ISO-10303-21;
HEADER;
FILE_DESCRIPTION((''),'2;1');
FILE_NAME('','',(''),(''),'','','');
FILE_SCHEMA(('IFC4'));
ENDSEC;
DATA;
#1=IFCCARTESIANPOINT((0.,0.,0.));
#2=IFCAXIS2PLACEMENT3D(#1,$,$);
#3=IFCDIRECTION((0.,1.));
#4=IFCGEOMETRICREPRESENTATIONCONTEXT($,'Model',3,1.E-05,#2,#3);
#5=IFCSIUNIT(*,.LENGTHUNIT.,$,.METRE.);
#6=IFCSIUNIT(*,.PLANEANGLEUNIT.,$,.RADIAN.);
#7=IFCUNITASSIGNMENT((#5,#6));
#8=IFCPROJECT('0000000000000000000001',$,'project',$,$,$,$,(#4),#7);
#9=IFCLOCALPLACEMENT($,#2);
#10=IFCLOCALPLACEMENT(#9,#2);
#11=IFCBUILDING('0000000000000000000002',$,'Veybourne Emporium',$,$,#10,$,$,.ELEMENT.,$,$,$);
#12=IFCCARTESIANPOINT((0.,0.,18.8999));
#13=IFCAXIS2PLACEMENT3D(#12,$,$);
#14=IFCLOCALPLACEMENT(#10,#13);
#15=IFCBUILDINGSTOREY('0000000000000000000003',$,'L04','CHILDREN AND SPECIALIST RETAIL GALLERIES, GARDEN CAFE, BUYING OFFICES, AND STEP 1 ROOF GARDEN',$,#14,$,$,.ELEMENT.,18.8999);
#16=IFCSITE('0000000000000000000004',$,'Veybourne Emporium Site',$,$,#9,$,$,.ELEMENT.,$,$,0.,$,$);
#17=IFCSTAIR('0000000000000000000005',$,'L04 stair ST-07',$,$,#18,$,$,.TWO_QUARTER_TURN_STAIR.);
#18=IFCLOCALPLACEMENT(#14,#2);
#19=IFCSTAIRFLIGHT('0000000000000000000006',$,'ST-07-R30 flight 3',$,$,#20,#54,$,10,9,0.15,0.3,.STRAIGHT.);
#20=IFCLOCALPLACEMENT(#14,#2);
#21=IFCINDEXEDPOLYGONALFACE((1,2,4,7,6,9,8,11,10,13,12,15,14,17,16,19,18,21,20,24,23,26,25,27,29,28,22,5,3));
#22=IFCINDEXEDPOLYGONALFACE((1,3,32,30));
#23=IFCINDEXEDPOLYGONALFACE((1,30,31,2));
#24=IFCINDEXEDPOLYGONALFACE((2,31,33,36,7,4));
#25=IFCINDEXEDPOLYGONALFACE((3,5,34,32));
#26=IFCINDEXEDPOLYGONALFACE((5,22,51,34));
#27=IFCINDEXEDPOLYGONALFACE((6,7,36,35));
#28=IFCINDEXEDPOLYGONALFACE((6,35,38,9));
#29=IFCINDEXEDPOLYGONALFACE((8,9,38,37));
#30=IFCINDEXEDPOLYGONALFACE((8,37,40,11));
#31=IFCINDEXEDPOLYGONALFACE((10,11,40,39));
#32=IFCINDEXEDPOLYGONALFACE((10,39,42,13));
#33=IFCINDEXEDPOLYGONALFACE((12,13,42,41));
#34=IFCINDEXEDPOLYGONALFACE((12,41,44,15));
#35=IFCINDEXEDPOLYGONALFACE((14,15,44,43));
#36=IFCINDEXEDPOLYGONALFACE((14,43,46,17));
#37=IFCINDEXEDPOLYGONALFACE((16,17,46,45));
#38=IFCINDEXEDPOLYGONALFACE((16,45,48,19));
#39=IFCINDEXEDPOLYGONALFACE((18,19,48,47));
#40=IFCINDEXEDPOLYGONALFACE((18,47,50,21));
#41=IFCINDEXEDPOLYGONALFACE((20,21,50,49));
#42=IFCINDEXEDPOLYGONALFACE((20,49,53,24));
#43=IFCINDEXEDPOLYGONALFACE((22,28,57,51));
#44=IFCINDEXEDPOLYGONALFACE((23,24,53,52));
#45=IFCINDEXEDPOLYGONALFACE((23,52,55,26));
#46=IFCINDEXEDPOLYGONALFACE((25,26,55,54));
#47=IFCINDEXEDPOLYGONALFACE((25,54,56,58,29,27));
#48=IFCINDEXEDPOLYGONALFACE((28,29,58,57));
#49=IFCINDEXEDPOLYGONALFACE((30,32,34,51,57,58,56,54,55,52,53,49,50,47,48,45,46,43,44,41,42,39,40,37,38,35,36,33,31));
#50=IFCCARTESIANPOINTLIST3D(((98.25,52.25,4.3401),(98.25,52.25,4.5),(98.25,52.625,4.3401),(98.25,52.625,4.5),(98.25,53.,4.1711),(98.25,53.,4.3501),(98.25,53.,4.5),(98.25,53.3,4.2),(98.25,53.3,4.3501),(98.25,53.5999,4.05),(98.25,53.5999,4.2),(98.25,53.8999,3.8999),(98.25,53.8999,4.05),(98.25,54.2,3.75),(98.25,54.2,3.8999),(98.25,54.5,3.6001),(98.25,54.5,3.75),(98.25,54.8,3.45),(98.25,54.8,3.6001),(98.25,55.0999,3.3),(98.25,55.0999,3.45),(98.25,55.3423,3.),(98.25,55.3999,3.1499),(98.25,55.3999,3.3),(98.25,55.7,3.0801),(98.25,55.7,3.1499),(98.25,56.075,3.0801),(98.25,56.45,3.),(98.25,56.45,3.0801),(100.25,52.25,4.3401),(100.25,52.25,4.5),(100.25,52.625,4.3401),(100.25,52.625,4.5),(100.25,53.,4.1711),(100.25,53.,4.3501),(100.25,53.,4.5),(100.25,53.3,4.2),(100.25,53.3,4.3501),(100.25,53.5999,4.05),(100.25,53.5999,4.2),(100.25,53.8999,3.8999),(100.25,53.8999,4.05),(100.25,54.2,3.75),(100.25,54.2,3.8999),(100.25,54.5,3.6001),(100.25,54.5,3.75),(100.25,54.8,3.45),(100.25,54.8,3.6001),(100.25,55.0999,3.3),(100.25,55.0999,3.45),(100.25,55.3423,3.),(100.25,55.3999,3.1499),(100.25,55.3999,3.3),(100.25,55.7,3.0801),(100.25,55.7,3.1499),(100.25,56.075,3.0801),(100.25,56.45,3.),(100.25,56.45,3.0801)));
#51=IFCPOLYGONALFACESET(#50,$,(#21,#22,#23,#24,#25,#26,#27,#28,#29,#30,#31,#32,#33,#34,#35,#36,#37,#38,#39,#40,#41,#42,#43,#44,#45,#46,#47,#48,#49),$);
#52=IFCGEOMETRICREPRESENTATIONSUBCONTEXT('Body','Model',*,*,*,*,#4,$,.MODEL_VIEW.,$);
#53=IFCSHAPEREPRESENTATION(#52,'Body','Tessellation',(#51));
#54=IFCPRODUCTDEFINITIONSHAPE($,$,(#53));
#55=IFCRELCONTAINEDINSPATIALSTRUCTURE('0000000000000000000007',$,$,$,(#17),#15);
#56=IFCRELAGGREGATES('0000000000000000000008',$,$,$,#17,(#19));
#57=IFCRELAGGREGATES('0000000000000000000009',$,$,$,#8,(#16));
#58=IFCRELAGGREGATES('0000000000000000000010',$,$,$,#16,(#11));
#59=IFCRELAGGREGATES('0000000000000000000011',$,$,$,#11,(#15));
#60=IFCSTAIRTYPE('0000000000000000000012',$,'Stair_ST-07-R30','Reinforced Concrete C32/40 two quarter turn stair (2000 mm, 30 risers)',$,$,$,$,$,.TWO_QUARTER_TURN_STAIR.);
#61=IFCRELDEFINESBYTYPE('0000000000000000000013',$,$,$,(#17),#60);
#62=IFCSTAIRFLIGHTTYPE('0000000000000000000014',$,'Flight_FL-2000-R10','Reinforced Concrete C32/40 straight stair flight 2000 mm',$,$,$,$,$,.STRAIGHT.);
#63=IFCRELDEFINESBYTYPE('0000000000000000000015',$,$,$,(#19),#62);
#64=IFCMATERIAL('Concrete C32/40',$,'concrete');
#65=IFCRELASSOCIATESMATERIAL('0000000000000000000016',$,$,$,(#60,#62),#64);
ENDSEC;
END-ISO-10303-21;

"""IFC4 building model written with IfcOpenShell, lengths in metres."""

from ifc_helpers import new_model, si_unit, direction, frame, origin, place, context, subcontext, project, spatial, polyline, outline, extrude, material, type_object, element, aggregate, save


model = new_model("IFC4")

# Units and contexts
model_context = context("Model", 3, precision=1e-05, world=origin(), true_north=direction((0.0, 1.0)))
body_context = subcontext(model_context, "Body", "Model", "MODEL_VIEW")
ifc_project = project(units=[si_unit("LENGTHUNIT", "METRE"), si_unit("PLANEANGLEUNIT", "RADIAN")], contexts=[model_context])

# Site, building, storey
site_placement = place(None, origin())
site = spatial("IfcSite", under=ifc_project, at=site_placement, Name="Veybourne Emporium Site", CompositionType="ELEMENT", RefElevation=0.0)
building_placement = place(site_placement, origin())
building = spatial("IfcBuilding", under=site, at=building_placement, Name="Veybourne Emporium", CompositionType="ELEMENT")
storey_placement = place(building_placement, frame((0.0, 0.0, 18.8999)))
storey = spatial("IfcBuildingStorey", under=building, at=storey_placement, Name="L04", Description="CHILDREN AND SPECIALIST RETAIL GALLERIES, GARDEN CAFE, BUYING OFFICES, AND STEP 1 ROOF GARDEN", CompositionType="ELEMENT", Elevation=18.8999)

# Shared definitions
ifc_material_1 = material(Name="Concrete C32/40", Category="concrete")

# Stair, stair flight
stair_type = type_object("IfcStairType", Name="Stair_ST-07-R30", Description="Reinforced Concrete C32/40 two quarter turn stair (2000 mm, 30 risers)", PredefinedType="TWO_QUARTER_TURN_STAIR", material=ifc_material_1)
stair_placement = place(storey_placement, origin())
stair = element("IfcStair", 1, at=stair_placement, inside=storey, type_object=stair_type, Name="L04 stair ST-07", PredefinedType="TWO_QUARTER_TURN_STAIR")
stair_flight_type = type_object("IfcStairFlightType", Name="Flight_FL-2000-R10", Description="Reinforced Concrete C32/40 straight stair flight 2000 mm", PredefinedType="STRAIGHT", material=ifc_material_1)
stair_flight_1_placement = place(storey_placement, frame((99.25, 55.7, 3.0), z_axis=(0.0, 0.0, 1.0), x_axis=(0.0, -1.0, 0.0)))
stair_flight_1 = element("IfcStairFlight", 2, at=stair_flight_1_placement, type_object=stair_flight_type, Name="ST-07-R30 flight 3", NumberOfRisers=10, NumberOfTreads=9, PredefinedType="STRAIGHT", RiserHeight=0.15, TreadLength=0.3, context=body_context, shape_type="SweptSolid", body=[
    extrude(outline(polyline([(-0.75, 0.0), (-0.75, 0.0801), (-0.375, 0.0801), (0.0, 0.0801), (0.0, 0.1499), (0.3, 0.1499), (0.3, 0.3), (0.6001, 0.3), (0.6001, 0.45), (0.8999, 0.45), (0.8999, 0.6001), (1.2, 0.6001), (1.2, 0.75), (1.5, 0.75), (1.5, 0.8999), (1.8, 0.8999), (1.8, 1.05), (2.1001, 1.05), (2.1001, 1.2), (2.3999, 1.2), (2.3999, 1.3501), (2.7, 1.3501), (2.7, 1.5), (3.075, 1.5), (3.45, 1.5), (3.45, 1.3401), (3.075, 1.3401), (2.7, 1.1711), (0.3577, 0.0), (-0.75, 0.0)])), frame((0.0, 1.0, 0.0), z_axis=(0.0, -1.0, 0.0), x_axis=(1.0, 0.0, 0.0)), (0.0, 0.0, 1.0), 2.0),
])
aggregate(stair, [stair_flight_1])

save(model, "model.ifc")
